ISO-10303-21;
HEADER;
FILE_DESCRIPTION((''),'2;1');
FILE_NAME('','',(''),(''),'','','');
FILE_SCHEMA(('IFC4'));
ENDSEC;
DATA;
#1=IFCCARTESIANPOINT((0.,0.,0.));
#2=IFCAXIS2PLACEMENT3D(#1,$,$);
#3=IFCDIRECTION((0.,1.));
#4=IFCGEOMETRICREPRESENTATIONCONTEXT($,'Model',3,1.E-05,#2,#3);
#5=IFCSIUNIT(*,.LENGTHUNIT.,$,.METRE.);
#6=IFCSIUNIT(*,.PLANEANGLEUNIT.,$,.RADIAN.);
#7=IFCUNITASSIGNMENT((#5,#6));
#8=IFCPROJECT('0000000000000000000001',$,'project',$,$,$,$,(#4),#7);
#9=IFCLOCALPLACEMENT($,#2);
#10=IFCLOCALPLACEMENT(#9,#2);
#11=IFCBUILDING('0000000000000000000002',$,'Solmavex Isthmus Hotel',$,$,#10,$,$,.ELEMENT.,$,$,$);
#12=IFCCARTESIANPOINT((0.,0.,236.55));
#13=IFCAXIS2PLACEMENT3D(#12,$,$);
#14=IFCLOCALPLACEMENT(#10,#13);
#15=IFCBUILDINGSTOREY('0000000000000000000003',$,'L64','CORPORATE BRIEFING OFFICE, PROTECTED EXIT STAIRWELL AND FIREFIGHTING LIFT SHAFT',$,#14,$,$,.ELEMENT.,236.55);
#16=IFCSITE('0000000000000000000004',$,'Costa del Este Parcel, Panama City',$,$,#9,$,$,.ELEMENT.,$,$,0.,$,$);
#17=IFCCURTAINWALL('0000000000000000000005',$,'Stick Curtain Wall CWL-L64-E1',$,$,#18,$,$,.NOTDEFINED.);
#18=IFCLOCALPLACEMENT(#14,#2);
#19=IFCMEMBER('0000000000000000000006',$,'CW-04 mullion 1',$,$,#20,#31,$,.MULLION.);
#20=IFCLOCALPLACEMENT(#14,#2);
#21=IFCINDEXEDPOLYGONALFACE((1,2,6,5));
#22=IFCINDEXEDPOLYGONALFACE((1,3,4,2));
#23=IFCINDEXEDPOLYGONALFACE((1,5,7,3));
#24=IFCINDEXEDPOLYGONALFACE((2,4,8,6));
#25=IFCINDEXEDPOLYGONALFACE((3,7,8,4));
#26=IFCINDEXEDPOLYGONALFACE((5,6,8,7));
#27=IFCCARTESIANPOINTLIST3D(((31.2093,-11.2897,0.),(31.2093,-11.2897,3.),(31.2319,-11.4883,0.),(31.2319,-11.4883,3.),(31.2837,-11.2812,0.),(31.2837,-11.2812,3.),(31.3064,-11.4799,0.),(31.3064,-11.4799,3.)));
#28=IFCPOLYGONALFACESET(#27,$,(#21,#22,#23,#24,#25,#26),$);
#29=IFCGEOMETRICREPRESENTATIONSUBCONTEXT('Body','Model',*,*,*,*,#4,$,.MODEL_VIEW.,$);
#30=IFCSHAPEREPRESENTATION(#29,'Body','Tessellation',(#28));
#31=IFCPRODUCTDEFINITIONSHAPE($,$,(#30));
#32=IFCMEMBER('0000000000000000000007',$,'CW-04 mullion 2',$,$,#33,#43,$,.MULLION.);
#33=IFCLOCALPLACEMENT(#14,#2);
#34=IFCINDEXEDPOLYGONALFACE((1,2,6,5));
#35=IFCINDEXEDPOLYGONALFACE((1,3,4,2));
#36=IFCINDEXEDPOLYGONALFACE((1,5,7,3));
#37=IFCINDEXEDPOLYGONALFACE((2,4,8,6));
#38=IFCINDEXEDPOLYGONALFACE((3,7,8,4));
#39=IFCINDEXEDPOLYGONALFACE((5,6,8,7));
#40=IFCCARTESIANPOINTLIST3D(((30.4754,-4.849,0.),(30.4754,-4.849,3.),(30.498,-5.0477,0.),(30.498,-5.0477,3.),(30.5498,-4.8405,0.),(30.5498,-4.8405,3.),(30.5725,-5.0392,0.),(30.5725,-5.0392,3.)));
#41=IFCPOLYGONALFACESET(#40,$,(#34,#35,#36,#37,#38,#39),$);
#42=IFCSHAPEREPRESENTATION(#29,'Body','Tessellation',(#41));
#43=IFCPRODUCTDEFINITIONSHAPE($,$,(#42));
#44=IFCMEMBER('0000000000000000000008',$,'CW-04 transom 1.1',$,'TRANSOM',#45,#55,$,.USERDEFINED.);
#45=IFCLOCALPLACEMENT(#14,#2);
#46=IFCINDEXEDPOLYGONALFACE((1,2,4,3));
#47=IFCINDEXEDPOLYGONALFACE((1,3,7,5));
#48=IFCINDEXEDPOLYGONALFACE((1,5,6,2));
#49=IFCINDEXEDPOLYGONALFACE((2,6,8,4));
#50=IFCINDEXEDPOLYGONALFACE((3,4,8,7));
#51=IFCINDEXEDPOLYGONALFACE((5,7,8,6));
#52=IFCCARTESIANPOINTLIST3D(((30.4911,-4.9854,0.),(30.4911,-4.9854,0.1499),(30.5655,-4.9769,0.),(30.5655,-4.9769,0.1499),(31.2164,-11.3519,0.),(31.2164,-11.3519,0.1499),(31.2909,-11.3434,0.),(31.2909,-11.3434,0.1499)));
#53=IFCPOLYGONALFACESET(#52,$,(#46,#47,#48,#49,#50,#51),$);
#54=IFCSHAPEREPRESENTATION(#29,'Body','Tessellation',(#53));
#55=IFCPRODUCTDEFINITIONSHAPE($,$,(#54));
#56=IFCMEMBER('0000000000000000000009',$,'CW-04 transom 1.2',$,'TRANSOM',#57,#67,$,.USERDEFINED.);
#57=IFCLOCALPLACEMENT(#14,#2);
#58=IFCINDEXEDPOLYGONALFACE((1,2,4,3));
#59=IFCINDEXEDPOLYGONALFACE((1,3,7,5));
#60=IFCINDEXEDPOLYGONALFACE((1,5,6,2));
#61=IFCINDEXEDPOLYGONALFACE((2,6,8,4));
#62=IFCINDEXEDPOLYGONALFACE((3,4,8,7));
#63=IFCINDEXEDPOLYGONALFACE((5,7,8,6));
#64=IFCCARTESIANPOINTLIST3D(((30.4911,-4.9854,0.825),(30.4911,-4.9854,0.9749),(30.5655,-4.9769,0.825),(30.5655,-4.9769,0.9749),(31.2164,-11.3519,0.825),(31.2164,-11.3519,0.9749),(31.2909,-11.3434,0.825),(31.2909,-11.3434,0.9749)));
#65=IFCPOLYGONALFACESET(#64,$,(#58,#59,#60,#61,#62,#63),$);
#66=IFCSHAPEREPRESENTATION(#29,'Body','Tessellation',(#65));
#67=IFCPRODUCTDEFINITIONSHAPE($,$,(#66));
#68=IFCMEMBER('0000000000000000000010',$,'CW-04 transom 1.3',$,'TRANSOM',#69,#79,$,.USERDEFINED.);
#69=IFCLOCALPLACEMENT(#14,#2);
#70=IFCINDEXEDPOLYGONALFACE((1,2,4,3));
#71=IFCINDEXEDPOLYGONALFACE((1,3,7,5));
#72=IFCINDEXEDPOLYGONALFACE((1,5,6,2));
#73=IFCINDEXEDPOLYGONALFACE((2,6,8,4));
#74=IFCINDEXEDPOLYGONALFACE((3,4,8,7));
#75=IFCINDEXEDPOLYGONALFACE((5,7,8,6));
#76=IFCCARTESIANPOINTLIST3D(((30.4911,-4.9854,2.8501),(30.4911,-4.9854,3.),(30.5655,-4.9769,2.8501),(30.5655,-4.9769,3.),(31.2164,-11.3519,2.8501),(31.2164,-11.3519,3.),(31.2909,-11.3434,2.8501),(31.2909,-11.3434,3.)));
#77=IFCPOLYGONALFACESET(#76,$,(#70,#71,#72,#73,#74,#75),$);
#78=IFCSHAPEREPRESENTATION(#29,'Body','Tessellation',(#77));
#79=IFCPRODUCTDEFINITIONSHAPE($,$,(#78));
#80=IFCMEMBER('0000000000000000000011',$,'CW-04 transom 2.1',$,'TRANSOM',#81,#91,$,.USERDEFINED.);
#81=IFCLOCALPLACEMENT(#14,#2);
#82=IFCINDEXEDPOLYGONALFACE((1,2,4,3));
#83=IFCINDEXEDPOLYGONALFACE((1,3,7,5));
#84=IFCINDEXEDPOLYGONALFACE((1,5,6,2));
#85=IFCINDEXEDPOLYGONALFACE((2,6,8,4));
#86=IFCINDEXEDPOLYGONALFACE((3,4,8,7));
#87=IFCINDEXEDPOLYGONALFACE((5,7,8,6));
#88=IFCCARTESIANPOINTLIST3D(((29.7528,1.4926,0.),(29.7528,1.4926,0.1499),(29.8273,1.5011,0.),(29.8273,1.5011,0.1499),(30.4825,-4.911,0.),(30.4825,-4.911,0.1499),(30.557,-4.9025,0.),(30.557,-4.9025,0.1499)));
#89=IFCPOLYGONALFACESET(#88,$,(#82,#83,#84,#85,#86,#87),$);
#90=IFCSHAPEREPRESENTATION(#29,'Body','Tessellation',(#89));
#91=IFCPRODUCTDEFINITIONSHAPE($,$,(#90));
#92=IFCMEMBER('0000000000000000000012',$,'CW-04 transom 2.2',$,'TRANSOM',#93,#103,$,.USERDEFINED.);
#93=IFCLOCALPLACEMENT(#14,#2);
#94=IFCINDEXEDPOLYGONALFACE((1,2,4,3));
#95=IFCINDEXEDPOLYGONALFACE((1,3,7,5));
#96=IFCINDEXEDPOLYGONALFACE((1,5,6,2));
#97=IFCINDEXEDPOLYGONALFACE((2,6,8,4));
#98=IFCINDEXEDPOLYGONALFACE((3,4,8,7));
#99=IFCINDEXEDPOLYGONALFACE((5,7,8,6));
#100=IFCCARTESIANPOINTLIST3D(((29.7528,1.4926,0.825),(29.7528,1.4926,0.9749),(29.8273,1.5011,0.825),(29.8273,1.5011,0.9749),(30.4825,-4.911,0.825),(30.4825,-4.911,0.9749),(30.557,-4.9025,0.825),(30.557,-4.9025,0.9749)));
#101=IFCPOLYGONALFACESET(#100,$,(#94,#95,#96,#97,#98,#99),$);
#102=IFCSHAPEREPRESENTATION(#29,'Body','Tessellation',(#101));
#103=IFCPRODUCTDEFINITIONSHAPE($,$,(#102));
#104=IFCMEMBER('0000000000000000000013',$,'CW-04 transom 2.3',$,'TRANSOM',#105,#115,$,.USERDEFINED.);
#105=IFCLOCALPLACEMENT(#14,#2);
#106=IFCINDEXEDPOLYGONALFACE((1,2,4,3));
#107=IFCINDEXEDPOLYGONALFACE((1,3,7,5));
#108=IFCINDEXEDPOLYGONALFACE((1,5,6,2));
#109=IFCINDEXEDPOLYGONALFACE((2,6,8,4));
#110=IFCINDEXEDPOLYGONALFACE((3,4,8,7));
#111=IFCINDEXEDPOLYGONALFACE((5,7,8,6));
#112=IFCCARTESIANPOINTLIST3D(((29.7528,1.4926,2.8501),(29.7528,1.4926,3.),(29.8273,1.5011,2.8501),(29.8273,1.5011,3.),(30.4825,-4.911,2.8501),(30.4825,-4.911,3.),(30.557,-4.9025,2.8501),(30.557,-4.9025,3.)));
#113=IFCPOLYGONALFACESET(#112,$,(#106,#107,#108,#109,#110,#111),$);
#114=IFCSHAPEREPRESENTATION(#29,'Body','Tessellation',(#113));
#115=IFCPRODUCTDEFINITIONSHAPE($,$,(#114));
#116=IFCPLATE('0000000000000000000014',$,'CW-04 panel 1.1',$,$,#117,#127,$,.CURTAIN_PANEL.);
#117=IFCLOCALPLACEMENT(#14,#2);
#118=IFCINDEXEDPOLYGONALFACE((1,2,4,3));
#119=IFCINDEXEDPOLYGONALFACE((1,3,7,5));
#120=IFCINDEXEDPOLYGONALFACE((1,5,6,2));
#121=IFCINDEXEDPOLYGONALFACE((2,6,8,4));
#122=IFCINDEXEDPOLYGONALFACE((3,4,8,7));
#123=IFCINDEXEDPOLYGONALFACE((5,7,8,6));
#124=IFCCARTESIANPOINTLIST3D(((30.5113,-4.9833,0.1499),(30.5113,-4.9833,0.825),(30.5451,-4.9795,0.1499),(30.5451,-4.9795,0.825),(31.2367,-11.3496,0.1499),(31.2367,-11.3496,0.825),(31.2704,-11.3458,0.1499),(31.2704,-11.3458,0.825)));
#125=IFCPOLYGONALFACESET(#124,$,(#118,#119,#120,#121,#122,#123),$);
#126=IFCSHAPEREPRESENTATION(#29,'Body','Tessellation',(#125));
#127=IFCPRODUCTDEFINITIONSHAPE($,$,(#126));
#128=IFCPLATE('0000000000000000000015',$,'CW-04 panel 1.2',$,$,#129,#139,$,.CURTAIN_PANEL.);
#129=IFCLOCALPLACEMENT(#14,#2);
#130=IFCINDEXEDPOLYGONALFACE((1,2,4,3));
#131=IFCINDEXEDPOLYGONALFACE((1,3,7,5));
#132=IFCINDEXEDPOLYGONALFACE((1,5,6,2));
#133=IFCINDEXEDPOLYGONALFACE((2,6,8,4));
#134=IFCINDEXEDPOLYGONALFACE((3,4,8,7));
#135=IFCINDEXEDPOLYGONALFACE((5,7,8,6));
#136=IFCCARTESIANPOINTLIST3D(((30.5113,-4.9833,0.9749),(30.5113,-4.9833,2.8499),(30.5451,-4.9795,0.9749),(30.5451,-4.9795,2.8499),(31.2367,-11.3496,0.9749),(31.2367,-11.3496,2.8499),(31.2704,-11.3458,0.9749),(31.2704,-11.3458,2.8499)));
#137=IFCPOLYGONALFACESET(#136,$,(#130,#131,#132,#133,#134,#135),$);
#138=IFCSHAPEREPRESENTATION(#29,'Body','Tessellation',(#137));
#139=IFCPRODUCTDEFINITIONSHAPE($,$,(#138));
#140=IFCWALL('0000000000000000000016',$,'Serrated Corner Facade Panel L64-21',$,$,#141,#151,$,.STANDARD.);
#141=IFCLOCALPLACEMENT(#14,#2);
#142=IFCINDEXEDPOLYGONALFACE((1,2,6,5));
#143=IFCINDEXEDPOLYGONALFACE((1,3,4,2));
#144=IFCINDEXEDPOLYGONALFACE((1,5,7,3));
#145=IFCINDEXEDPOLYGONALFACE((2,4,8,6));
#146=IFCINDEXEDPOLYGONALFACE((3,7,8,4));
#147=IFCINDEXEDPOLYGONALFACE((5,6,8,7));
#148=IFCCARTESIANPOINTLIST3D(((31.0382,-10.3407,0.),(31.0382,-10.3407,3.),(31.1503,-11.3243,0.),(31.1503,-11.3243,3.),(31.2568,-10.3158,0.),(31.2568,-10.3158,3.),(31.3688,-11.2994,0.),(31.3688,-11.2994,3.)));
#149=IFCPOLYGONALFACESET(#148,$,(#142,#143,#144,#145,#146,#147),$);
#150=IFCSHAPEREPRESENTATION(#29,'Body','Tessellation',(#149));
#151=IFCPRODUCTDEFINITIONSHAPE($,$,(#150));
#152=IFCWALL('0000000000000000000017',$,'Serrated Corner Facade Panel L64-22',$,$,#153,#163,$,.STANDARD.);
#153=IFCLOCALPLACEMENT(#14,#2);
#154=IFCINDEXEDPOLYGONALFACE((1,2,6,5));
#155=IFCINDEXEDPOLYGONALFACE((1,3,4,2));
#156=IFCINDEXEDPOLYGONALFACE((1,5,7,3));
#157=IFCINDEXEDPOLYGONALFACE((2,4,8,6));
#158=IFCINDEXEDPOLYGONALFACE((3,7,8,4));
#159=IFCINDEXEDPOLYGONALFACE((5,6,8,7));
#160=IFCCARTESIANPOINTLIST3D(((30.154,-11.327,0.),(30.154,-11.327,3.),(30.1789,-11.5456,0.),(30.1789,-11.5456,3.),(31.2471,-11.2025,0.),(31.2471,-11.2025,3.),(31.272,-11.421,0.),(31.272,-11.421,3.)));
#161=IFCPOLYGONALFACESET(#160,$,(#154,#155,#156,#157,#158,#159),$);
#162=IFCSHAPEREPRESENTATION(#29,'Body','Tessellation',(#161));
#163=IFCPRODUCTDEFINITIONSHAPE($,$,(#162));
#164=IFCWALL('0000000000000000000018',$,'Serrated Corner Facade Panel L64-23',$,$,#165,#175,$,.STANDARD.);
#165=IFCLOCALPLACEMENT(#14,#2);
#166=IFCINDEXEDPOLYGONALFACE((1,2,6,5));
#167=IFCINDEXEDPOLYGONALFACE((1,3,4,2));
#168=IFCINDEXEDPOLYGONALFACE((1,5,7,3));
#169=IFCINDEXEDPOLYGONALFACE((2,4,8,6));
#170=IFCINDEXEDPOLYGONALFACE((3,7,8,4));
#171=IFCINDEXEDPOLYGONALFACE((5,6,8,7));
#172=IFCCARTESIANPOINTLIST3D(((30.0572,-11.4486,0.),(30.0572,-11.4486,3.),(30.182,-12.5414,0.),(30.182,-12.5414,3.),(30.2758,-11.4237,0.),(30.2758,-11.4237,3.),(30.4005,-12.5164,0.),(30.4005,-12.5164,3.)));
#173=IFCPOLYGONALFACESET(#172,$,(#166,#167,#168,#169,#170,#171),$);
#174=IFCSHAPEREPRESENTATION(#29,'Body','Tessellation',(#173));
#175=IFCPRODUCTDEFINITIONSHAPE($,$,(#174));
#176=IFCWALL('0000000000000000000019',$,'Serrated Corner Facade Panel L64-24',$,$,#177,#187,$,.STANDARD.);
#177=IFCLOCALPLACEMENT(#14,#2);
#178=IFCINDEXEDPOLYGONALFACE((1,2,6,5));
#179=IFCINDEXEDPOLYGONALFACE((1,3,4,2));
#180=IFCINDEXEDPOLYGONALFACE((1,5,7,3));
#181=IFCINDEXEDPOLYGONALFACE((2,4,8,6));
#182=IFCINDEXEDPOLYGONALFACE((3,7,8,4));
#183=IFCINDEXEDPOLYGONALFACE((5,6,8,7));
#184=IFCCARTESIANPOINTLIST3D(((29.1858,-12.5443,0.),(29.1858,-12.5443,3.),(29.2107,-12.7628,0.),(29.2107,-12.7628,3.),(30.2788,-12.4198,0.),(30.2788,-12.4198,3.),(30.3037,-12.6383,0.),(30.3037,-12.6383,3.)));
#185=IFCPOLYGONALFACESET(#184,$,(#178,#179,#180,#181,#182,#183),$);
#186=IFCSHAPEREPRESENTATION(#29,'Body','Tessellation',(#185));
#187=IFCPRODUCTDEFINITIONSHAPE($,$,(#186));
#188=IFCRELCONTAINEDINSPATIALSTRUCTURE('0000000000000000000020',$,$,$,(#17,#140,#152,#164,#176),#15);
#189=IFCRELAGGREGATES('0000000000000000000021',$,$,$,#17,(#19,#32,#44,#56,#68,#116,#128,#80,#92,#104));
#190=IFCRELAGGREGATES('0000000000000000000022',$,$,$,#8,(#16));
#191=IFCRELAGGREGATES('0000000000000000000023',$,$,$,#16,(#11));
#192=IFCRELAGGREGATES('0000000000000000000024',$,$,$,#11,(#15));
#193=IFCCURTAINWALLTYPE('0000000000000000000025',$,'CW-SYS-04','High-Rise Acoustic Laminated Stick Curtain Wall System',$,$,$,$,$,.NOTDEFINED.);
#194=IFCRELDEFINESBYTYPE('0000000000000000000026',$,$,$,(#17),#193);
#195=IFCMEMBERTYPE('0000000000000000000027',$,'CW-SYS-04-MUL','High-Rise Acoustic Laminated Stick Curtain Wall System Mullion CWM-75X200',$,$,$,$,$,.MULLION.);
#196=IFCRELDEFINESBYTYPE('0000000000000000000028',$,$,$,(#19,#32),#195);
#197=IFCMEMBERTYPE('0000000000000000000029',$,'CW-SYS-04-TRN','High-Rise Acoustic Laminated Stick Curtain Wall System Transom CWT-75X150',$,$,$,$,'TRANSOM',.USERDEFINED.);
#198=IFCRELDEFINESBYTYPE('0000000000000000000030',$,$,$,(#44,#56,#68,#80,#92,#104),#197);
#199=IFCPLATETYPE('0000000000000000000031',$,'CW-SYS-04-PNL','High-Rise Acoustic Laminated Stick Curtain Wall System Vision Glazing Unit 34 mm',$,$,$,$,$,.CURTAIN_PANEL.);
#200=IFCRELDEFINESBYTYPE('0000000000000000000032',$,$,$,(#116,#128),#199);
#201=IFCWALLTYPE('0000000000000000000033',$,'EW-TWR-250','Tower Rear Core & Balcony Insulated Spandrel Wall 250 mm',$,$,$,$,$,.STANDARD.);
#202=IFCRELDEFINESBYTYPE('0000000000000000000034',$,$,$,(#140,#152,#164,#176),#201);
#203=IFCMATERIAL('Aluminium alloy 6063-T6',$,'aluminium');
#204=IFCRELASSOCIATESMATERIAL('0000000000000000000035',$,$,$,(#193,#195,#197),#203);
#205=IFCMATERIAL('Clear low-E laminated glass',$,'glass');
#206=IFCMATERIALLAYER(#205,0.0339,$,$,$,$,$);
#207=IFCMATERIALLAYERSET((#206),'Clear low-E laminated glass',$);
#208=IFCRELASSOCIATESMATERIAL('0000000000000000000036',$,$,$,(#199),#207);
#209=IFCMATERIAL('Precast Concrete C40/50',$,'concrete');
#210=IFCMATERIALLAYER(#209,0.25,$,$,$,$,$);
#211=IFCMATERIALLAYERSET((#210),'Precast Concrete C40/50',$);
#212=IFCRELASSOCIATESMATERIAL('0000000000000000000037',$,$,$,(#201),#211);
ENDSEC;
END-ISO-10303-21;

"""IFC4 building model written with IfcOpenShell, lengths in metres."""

from ifc_helpers import new_model, si_unit, direction, frame, frame_2d, origin, origin_2d, place, context, subcontext, project, spatial, rectangle, extrude, material, layer, layer_set, material_profile, profile_set, type_object, element, aggregate, save


model = new_model("IFC4")

# Units and contexts
model_context = context("Model", 3, precision=1e-05, world=origin(), true_north=direction((0.0, 1.0)))
body_context = subcontext(model_context, "Body", "Model", "MODEL_VIEW")
ifc_project = project(units=[si_unit("LENGTHUNIT", "METRE"), si_unit("PLANEANGLEUNIT", "RADIAN")], contexts=[model_context])

# Site, building, storey
site_placement = place(None, origin())
site = spatial("IfcSite", under=ifc_project, at=site_placement, Name="Costa del Este Parcel, Panama City", CompositionType="ELEMENT", RefElevation=0.0)
building_placement = place(site_placement, origin())
building = spatial("IfcBuilding", under=site, at=building_placement, Name="Solmavex Isthmus Hotel", CompositionType="ELEMENT")
storey_placement = place(building_placement, frame((0.0, 0.0, 236.55)))
storey = spatial("IfcBuildingStorey", under=building, at=storey_placement, Name="L64", Description="CORPORATE BRIEFING OFFICE, PROTECTED EXIT STAIRWELL AND FIREFIGHTING LIFT SHAFT", CompositionType="ELEMENT", Elevation=236.55)

# Curtain wall, members, plates
ifc_material_1 = material(Name="Aluminium alloy 6063-T6", Category="aluminium")
curtain_wall_type = type_object("IfcCurtainWallType", Name="CW-SYS-04", Description="High-Rise Acoustic Laminated Stick Curtain Wall System", PredefinedType="NOTDEFINED", material=ifc_material_1)
curtain_wall_placement = place(storey_placement, origin())
curtain_wall = element("IfcCurtainWall", 1, at=curtain_wall_placement, inside=storey, type_object=curtain_wall_type, Name="Stick Curtain Wall CWL-L64-E1", PredefinedType="NOTDEFINED")
ifc_material_profile_1 = material_profile(ifc_material_1, rectangle(XDim=0.075, YDim=0.2, at=origin_2d()), Name="CWM-75X200")
ifc_profile_set_1 = profile_set([ifc_material_profile_1], Name="Aluminium alloy 6063-T6")
member_type_1 = type_object("IfcMemberType", Name="CW-SYS-04-MUL", Description="High-Rise Acoustic Laminated Stick Curtain Wall System Mullion CWM-75X200", PredefinedType="MULLION", material=ifc_profile_set_1)
member_1_placement = place(storey_placement, frame((31.2578, -11.3848, 0.0), z_axis=(0.0, 0.0, 1.0), x_axis=(-0.993572, -0.113203, 0.0)))
member_1 = element("IfcMember", 2, at=member_1_placement, type_object=member_type_1, Name="CW-04 mullion 1", PredefinedType="MULLION", context=body_context, shape_type="SweptSolid", body=[
    extrude(rectangle(XDim=0.075, YDim=0.2, at=origin_2d()), origin(), (0.0, 0.0, 1.0), 3.0),
])
member_2_placement = place(storey_placement, frame((30.5239, -4.9441, 0.0), z_axis=(0.0, 0.0, 1.0), x_axis=(-0.993572, -0.113203, 0.0)))
member_2 = element("IfcMember", 3, at=member_2_placement, type_object=member_type_1, Name="CW-04 mullion 2", PredefinedType="MULLION", context=body_context, shape_type="SweptSolid", body=[
    extrude(rectangle(XDim=0.075, YDim=0.2, at=origin_2d()), origin(), (0.0, 0.0, 1.0), 3.0),
])
ifc_material_profile_2 = material_profile(ifc_material_1, rectangle(XDim=0.075, YDim=0.1499, at=origin_2d()), Name="CWT-75X150")
ifc_profile_set_2 = profile_set([ifc_material_profile_2], Name="Aluminium alloy 6063-T6")
member_type_2 = type_object("IfcMemberType", Name="CW-SYS-04-TRN", Description="High-Rise Acoustic Laminated Stick Curtain Wall System Transom CWT-75X150", ElementType="TRANSOM", PredefinedType="USERDEFINED", material=ifc_profile_set_2)
member_3_placement = place(storey_placement, frame((31.2537, -11.3477, 0.075), z_axis=(-0.113199, 0.993572, 0.0), x_axis=(-0.993572, -0.113199, 0.0)))
member_3 = element("IfcMember", 4, at=member_3_placement, type_object=member_type_2, Name="CW-04 transom 1.1", ObjectType="TRANSOM", PredefinedType="USERDEFINED", context=body_context, shape_type="SweptSolid", body=[
    extrude(rectangle(XDim=0.075, YDim=0.1499, at=origin_2d()), origin(), (0.0, 0.0, 1.0), 6.4077),
])
member_4_placement = place(storey_placement, frame((31.2537, -11.3477, 0.8999), z_axis=(-0.113199, 0.993572, 0.0), x_axis=(-0.993572, -0.113199, 0.0)))
member_4 = element("IfcMember", 5, at=member_4_placement, type_object=member_type_2, Name="CW-04 transom 1.2", ObjectType="TRANSOM", PredefinedType="USERDEFINED", context=body_context, shape_type="SweptSolid", body=[
    extrude(rectangle(XDim=0.075, YDim=0.1499, at=origin_2d()), origin(), (0.0, 0.0, 1.0), 6.4077),
])
member_5_placement = place(storey_placement, frame((31.2537, -11.3477, 2.925), z_axis=(-0.113199, 0.993572, 0.0), x_axis=(-0.993572, -0.113199, 0.0)))
member_5 = element("IfcMember", 6, at=member_5_placement, type_object=member_type_2, Name="CW-04 transom 1.3", ObjectType="TRANSOM", PredefinedType="USERDEFINED", context=body_context, shape_type="SweptSolid", body=[
    extrude(rectangle(XDim=0.075, YDim=0.1499, at=origin_2d()), origin(), (0.0, 0.0, 1.0), 6.4077),
])
member_6_placement = place(storey_placement, frame((30.5198, -4.9067, 0.075), z_axis=(-0.113225, 0.993569, 0.0), x_axis=(-0.993569, -0.113225, 0.0)))
member_6 = element("IfcMember", 7, at=member_6_placement, type_object=member_type_2, Name="CW-04 transom 2.1", ObjectType="TRANSOM", PredefinedType="USERDEFINED", context=body_context, shape_type="SweptSolid", body=[
    extrude(rectangle(XDim=0.075, YDim=0.1499, at=origin_2d()), origin(), (0.0, 0.0, 1.0), 6.4451),
])
member_7_placement = place(storey_placement, frame((30.5198, -4.9067, 0.8999), z_axis=(-0.113225, 0.993569, 0.0), x_axis=(-0.993569, -0.113225, 0.0)))
member_7 = element("IfcMember", 8, at=member_7_placement, type_object=member_type_2, Name="CW-04 transom 2.2", ObjectType="TRANSOM", PredefinedType="USERDEFINED", context=body_context, shape_type="SweptSolid", body=[
    extrude(rectangle(XDim=0.075, YDim=0.1499, at=origin_2d()), origin(), (0.0, 0.0, 1.0), 6.4451),
])
member_8_placement = place(storey_placement, frame((30.5198, -4.9067, 2.925), z_axis=(-0.113225, 0.993569, 0.0), x_axis=(-0.993569, -0.113225, 0.0)))
member_8 = element("IfcMember", 9, at=member_8_placement, type_object=member_type_2, Name="CW-04 transom 2.3", ObjectType="TRANSOM", PredefinedType="USERDEFINED", context=body_context, shape_type="SweptSolid", body=[
    extrude(rectangle(XDim=0.075, YDim=0.1499, at=origin_2d()), origin(), (0.0, 0.0, 1.0), 6.4451),
])
ifc_material_2 = material(Name="Clear low-E laminated glass", Category="glass")
ifc_layer_1 = layer(ifc_material_2, 0.0339)
ifc_layer_set_1 = layer_set([ifc_layer_1], Name="Clear low-E laminated glass")
plate_type = type_object("IfcPlateType", Name="CW-SYS-04-PNL", Description="High-Rise Acoustic Laminated Stick Curtain Wall System Vision Glazing Unit 34 mm", PredefinedType="CURTAIN_PANEL", material=ifc_layer_set_1)
plate_1_placement = place(storey_placement, frame((30.8909, -8.1646, 0.1499), z_axis=(0.0, 0.0, 1.0), x_axis=(-0.113203, 0.993572, 0.0)))
plate_1 = element("IfcPlate", 10, at=plate_1_placement, type_object=plate_type, Name="CW-04 panel 1.1", PredefinedType="CURTAIN_PANEL", context=body_context, shape_type="SweptSolid", body=[
    extrude(rectangle(XDim=6.4075, YDim=0.0339, at=origin_2d()), origin(), (0.0, 0.0, 1.0), 0.675),
])
plate_2_placement = place(storey_placement, frame((30.8909, -8.1646, 0.9749), z_axis=(0.0, 0.0, 1.0), x_axis=(-0.113203, 0.993572, 0.0)))
plate_2 = element("IfcPlate", 11, at=plate_2_placement, type_object=plate_type, Name="CW-04 panel 1.2", PredefinedType="CURTAIN_PANEL", context=body_context, shape_type="SweptSolid", body=[
    extrude(rectangle(XDim=6.4075, YDim=0.0339, at=origin_2d()), origin(), (0.0, 0.0, 1.0), 1.875),
])
aggregate(curtain_wall, [member_1, member_2, member_3, member_4, member_5, plate_1, plate_2, member_6, member_7, member_8])

# Walls
ifc_material_3 = material(Name="Precast Concrete C40/50", Category="concrete")
ifc_layer_2 = layer(ifc_material_3, 0.25)
ifc_layer_set_2 = layer_set([ifc_layer_2], Name="Precast Concrete C40/50")
wall_type = type_object("IfcWallType", Name="EW-TWR-250", Description="Tower Rear Core & Balcony Insulated Spandrel Wall 250 mm", PredefinedType="STANDARD", material=ifc_layer_set_2)
wall_1_placement = place(storey_placement, frame((31.1475, -10.3281, 0.0), z_axis=(0.0, 0.0, 1.0), x_axis=(0.113192, -0.993573, 0.0)))
element("IfcWall", 12, at=wall_1_placement, inside=storey, type_object=wall_type, Name="Serrated Corner Facade Panel L64-21", PredefinedType="STANDARD", context=body_context, shape_type="SweptSolid", body=[
    extrude(rectangle(XDim=0.99, YDim=0.22, at=frame_2d((0.4951, 0.0))), origin(), (0.0, 0.0, 1.0), 3.0),
])
wall_2_placement = place(storey_placement, frame((31.2595, -11.3118, 0.0), z_axis=(0.0, 0.0, 1.0), x_axis=(-0.993574, -0.113184, 0.0)))
element("IfcWall", 13, at=wall_2_placement, inside=storey, type_object=wall_type, Name="Serrated Corner Facade Panel L64-22", PredefinedType="STANDARD", context=body_context, shape_type="SweptSolid", body=[
    extrude(rectangle(XDim=1.1001, YDim=0.22, at=frame_2d((0.55, 0.0))), origin(), (0.0, 0.0, 1.0), 3.0),
])
wall_3_placement = place(storey_placement, frame((30.1665, -11.4363, 0.0), z_axis=(0.0, 0.0, 1.0), x_axis=(0.113428, -0.993546, 0.0)))
element("IfcWall", 14, at=wall_3_placement, inside=storey, type_object=wall_type, Name="Serrated Corner Facade Panel L64-23", PredefinedType="STANDARD", context=body_context, shape_type="SweptSolid", body=[
    extrude(rectangle(XDim=1.0999, YDim=0.22, at=frame_2d((0.5498, 0.0))), origin(), (0.0, 0.0, 1.0), 3.0),
])
for number, where, z_axis, x_axis, name in (
    (15, (30.2913, -12.5291, 0.0), (0.0, 0.0, 1.0), (-0.993574, -0.113184, 0.0), "Serrated Corner Facade Panel L64-24"),
):
    element("IfcWall", number, at=place(storey_placement, frame(where, z_axis=z_axis, x_axis=x_axis)), inside=storey, type_object=wall_type, Name=name, PredefinedType="STANDARD", context=body_context, shape_type="SweptSolid", body=[
        extrude(rectangle(XDim=1.1001, YDim=0.22, at=frame_2d((0.55, 0.0))), origin(), (0.0, 0.0, 1.0), 3.0),
    ])

save(model, "model.ifc")
